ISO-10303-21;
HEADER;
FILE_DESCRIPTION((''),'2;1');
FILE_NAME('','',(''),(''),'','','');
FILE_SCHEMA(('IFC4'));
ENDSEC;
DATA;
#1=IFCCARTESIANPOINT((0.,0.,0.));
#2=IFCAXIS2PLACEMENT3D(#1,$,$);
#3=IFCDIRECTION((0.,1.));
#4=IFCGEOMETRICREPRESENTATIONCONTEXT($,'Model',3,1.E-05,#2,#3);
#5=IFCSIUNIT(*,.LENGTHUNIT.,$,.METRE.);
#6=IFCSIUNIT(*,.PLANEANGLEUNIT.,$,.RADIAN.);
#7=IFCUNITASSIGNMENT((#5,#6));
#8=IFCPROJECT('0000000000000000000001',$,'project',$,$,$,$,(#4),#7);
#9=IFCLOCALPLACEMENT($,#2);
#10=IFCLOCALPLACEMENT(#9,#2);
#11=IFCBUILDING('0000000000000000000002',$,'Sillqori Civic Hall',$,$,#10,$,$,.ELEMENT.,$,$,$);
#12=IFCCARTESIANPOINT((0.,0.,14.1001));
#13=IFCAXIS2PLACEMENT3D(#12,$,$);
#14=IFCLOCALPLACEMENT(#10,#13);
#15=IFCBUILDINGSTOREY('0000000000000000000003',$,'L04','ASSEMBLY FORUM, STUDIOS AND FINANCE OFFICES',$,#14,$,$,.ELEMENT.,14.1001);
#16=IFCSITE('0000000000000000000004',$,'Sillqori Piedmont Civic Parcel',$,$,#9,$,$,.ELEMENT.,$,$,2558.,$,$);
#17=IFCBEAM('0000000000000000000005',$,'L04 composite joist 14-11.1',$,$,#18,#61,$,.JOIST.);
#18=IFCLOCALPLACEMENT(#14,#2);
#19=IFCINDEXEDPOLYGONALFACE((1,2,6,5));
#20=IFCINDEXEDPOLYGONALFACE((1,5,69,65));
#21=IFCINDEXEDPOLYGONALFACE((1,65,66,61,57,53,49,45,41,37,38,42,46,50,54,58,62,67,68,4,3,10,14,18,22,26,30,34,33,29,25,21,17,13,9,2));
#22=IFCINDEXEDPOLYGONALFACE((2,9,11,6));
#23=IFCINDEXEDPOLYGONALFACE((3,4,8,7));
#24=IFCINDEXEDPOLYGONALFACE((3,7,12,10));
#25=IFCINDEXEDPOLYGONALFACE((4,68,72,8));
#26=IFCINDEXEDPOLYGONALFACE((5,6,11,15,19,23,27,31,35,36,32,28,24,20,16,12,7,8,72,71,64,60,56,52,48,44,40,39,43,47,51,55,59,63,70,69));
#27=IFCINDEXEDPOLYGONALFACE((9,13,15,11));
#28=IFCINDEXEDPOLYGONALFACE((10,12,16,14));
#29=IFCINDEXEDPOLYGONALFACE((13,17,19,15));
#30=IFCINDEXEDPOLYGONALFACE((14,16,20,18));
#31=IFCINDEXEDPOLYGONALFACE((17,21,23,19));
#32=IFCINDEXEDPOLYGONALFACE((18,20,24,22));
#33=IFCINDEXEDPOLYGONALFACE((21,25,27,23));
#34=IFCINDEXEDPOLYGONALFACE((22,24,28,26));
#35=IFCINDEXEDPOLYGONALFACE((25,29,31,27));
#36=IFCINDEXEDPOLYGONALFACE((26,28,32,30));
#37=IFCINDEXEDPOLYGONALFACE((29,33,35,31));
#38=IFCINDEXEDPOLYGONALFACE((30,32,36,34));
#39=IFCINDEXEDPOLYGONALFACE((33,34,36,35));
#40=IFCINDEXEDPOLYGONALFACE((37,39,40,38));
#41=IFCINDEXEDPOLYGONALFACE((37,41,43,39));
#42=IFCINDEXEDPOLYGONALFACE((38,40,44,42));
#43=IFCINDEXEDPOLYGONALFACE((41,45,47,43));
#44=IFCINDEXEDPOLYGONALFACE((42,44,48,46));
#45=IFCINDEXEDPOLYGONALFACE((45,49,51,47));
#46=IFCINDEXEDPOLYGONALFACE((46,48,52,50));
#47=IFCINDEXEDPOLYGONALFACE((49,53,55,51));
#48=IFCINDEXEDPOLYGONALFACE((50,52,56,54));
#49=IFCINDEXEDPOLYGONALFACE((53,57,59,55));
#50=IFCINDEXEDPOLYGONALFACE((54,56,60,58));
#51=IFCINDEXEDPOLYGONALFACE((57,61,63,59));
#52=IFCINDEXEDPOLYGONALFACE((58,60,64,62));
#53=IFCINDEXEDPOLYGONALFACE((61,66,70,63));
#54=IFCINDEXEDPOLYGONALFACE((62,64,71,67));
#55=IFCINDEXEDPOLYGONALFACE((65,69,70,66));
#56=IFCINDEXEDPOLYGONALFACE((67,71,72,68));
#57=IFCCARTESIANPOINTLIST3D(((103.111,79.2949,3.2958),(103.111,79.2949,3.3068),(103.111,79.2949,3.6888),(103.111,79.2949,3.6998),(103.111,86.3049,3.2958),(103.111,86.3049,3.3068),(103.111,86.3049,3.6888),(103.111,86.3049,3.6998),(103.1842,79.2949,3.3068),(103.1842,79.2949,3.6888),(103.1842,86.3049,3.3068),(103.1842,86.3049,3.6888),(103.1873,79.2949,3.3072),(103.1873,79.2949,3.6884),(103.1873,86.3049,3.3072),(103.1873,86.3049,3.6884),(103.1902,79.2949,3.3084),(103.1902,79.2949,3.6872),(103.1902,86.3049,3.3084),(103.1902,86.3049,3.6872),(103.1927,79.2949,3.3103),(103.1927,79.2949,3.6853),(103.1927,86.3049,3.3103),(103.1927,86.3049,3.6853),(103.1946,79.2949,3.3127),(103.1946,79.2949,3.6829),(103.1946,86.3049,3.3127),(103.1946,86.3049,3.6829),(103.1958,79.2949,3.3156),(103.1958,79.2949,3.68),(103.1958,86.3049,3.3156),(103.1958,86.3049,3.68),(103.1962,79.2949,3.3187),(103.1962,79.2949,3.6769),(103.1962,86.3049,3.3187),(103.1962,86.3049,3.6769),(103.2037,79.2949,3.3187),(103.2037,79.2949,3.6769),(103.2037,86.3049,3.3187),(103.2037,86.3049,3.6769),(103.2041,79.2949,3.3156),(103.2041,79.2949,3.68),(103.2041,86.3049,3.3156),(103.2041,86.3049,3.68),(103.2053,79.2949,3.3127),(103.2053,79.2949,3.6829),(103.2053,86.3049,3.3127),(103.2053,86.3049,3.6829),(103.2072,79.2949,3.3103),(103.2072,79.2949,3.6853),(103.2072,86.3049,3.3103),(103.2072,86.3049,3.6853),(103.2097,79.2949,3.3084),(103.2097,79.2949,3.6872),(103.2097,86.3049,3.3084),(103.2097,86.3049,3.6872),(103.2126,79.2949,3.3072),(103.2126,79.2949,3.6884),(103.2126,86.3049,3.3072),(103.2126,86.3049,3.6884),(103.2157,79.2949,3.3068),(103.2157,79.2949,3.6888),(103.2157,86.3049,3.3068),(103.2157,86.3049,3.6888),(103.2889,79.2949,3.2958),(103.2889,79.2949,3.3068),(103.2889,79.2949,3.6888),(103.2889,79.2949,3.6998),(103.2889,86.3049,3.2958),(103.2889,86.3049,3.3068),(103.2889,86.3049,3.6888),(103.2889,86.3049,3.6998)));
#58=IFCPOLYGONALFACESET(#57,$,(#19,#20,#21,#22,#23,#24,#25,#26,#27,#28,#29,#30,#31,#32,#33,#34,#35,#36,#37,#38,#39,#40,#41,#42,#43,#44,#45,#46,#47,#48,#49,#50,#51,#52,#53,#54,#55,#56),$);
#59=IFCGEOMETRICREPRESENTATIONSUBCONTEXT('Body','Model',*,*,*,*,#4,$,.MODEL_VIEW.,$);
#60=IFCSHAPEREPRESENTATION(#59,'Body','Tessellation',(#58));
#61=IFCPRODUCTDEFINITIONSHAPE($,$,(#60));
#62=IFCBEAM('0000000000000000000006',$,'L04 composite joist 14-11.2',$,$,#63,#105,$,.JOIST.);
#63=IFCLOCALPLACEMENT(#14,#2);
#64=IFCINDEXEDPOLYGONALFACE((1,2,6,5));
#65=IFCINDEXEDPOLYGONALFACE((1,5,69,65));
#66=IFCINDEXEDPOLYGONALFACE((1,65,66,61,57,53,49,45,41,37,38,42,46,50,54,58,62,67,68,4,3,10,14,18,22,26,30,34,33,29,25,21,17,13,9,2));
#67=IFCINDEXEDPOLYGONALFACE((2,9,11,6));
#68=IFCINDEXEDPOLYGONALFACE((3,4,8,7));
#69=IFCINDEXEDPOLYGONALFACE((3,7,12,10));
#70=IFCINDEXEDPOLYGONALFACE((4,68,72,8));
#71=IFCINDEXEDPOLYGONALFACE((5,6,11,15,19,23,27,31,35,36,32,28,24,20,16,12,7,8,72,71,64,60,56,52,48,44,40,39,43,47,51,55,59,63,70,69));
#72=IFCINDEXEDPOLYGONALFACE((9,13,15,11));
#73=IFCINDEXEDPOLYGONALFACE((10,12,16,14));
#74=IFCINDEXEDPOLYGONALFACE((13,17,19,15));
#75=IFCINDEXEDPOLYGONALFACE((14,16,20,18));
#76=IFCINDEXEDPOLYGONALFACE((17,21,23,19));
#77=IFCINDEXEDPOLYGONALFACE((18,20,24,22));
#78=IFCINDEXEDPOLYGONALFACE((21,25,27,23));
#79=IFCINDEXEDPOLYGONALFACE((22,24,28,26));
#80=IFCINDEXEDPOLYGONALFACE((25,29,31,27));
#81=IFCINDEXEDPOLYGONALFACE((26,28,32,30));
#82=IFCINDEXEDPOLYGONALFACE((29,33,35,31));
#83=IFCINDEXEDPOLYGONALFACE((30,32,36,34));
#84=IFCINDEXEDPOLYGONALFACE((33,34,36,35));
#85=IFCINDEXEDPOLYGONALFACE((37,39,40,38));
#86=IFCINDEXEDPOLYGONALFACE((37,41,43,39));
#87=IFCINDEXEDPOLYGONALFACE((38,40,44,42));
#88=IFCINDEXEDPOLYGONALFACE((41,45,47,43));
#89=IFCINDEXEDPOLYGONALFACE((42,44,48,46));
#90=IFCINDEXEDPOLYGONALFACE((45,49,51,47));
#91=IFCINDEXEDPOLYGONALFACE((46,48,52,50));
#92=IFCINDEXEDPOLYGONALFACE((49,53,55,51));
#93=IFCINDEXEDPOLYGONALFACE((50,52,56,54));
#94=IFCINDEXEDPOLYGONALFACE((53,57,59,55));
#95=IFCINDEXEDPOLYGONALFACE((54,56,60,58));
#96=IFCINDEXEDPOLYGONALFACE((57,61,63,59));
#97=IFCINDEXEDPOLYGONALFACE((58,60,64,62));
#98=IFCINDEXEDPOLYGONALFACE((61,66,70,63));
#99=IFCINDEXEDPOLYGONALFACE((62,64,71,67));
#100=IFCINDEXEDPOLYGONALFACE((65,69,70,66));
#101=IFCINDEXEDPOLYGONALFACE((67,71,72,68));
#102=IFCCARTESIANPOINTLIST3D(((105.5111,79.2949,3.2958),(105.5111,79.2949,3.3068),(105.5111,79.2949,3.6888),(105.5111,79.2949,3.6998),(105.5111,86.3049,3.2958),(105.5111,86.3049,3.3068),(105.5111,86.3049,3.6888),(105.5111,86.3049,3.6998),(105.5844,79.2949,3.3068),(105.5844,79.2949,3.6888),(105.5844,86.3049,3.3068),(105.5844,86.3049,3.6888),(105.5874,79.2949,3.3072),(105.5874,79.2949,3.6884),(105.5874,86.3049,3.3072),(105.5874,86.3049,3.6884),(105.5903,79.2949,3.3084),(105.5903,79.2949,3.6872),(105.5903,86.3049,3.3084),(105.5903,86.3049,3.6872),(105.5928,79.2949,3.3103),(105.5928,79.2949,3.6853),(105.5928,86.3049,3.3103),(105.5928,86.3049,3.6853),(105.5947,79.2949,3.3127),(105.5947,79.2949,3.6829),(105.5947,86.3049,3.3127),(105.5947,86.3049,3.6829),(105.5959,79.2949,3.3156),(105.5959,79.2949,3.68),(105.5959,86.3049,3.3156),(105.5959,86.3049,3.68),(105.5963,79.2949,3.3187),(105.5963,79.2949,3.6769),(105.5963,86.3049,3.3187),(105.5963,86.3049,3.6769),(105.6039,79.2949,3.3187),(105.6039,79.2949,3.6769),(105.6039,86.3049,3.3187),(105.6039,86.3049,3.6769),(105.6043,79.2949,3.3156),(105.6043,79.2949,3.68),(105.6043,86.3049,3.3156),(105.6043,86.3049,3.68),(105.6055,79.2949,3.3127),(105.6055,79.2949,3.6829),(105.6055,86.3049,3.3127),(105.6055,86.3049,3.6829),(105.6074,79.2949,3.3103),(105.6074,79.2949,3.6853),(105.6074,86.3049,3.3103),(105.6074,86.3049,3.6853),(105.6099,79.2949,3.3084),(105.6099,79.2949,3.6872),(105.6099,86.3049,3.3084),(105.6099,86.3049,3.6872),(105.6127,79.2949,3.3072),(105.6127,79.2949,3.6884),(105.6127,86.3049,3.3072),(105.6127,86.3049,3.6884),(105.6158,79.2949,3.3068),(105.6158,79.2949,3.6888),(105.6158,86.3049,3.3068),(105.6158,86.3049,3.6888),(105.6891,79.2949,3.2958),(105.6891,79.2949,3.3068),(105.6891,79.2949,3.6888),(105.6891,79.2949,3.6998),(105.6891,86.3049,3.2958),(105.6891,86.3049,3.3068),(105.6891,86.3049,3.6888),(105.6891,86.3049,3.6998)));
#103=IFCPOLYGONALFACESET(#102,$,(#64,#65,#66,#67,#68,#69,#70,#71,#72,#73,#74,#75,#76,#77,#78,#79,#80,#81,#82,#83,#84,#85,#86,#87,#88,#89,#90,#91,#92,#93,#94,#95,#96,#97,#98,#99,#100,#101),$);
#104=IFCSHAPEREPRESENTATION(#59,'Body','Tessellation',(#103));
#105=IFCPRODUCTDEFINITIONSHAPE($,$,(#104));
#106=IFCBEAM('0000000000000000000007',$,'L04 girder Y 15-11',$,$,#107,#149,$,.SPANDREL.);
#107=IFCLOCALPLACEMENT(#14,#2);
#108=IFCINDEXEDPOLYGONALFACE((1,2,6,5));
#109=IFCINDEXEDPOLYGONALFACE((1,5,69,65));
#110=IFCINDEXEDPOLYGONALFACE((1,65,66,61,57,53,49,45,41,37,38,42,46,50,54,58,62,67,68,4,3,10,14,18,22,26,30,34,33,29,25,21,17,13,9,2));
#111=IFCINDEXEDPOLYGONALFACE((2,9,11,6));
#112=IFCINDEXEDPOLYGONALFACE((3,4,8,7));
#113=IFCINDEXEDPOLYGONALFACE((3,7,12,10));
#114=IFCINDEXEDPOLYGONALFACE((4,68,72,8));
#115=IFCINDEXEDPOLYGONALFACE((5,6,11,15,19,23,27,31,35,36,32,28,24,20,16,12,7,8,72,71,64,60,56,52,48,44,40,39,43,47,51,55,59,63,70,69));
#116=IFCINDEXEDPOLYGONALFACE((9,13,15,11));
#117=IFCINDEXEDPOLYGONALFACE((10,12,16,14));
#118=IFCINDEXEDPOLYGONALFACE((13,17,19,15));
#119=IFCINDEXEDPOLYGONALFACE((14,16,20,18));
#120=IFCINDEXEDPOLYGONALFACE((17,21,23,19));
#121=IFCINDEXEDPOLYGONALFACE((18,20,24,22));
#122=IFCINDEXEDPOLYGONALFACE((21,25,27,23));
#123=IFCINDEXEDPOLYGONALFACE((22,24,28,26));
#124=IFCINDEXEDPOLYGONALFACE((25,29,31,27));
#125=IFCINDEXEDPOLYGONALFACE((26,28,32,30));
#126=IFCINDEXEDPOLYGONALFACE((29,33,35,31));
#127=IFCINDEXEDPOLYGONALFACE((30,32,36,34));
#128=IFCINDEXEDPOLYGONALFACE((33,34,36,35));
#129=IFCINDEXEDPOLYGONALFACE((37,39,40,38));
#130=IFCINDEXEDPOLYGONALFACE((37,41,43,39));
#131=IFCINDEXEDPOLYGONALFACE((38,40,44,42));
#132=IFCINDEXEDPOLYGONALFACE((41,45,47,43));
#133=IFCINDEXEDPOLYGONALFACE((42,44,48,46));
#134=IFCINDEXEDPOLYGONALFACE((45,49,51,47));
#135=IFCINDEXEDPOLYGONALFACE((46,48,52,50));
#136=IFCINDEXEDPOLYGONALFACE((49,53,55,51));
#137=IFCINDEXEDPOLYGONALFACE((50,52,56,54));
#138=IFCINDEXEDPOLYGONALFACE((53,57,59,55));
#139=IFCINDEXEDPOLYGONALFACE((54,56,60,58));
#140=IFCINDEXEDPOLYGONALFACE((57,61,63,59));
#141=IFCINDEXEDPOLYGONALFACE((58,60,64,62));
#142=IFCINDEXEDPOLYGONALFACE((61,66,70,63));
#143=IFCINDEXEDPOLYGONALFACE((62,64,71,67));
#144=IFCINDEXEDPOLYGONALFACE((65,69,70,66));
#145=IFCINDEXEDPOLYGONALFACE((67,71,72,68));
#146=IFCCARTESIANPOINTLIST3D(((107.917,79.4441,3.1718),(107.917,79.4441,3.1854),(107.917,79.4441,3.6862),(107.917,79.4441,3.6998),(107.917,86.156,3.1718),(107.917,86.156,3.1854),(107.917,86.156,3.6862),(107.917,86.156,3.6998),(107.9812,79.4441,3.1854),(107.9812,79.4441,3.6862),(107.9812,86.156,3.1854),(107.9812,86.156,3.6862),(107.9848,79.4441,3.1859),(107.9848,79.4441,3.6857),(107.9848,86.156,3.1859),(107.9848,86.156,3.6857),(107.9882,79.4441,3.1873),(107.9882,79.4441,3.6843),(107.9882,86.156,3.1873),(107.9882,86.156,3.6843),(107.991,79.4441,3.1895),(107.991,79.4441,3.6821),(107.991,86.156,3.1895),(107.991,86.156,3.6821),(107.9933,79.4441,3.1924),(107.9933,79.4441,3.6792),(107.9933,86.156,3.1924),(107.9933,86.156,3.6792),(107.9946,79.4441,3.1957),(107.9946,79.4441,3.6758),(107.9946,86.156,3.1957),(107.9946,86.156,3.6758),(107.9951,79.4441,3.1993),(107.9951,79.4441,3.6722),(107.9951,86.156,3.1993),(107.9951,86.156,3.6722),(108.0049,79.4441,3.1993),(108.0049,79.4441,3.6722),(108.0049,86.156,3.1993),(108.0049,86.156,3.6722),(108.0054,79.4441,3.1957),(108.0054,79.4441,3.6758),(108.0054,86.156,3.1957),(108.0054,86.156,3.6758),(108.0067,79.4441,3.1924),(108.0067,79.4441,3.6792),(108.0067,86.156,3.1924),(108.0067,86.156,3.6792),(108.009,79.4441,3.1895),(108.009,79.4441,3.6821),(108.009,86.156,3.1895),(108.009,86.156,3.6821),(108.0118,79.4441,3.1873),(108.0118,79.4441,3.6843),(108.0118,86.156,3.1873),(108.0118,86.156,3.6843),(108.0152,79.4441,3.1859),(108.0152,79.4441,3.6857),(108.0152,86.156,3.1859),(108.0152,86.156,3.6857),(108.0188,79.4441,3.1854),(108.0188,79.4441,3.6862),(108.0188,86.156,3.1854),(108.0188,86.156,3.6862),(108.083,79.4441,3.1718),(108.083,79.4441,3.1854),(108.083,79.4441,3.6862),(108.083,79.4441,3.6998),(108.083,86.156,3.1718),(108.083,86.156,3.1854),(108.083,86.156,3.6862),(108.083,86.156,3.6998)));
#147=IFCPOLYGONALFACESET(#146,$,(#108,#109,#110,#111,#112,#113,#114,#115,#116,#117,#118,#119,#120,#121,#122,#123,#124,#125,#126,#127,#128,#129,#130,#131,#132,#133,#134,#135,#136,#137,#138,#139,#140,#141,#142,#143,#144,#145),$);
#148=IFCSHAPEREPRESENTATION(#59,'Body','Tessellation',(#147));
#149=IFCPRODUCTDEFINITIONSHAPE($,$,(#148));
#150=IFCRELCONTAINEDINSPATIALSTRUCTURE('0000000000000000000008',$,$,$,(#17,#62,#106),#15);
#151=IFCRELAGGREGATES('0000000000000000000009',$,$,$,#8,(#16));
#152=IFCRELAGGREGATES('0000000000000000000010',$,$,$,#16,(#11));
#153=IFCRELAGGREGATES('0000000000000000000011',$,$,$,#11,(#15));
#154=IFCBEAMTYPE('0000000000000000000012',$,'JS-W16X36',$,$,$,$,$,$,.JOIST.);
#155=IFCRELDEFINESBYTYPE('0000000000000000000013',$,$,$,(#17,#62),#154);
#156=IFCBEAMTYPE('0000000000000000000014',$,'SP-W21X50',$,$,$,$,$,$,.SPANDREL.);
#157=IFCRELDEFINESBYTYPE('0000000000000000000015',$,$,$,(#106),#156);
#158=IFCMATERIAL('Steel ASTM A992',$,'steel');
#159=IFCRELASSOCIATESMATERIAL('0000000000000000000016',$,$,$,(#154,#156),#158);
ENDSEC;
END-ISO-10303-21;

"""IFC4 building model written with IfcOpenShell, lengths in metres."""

from ifc_helpers import new_model, si_unit, direction, frame, origin, origin_2d, place, context, subcontext, project, spatial, i_section, extrude, material, material_profile, profile_set, type_object, element, save


model = new_model("IFC4")

# Units and contexts
model_context = context("Model", 3, precision=1e-05, world=origin(), true_north=direction((0.0, 1.0)))
body_context = subcontext(model_context, "Body", "Model", "MODEL_VIEW")
ifc_project = project(units=[si_unit("LENGTHUNIT", "METRE"), si_unit("PLANEANGLEUNIT", "RADIAN")], contexts=[model_context])

# Site, building, storey
site_placement = place(None, origin())
site = spatial("IfcSite", under=ifc_project, at=site_placement, Name="Sillqori Piedmont Civic Parcel", CompositionType="ELEMENT", RefElevation=2558.0)
building_placement = place(site_placement, origin())
building = spatial("IfcBuilding", under=site, at=building_placement, Name="Sillqori Civic Hall", CompositionType="ELEMENT")
storey_placement = place(building_placement, frame((0.0, 0.0, 14.1001)))
storey = spatial("IfcBuildingStorey", under=building, at=storey_placement, Name="L04", Description="ASSEMBLY FORUM, STUDIOS AND FINANCE OFFICES", CompositionType="ELEMENT", Elevation=14.1001)

# Shared definitions
ifc_material_1 = material(Name="Steel ASTM A992", Category="steel")

# Beams
ifc_material_profile_1 = material_profile(ifc_material_1, i_section(OverallWidth=0.178, OverallDepth=0.4041, WebThickness=0.0076, FlangeThickness=0.011, FilletRadius=0.012, at=origin_2d()), Name="W16X36")
ifc_profile_set_1 = profile_set([ifc_material_profile_1], Name="Steel ASTM A992")
beam_type_1 = type_object("IfcBeamType", Name="JS-W16X36", PredefinedType="JOIST", material=ifc_profile_set_1)
for number, where, z_axis, x_axis, name in (
    (1, (103.2, 79.2949, 3.4978), (0.0, 1.0, 0.0), (-1.0, 0.0, 0.0), "L04 composite joist 14-11.1"),
    (2, (105.6001, 79.2949, 3.4978), (0.0, 1.0, 0.0), (-1.0, 0.0, 0.0), "L04 composite joist 14-11.2"),
):
    element("IfcBeam", number, at=place(storey_placement, frame(where, z_axis=z_axis, x_axis=x_axis)), inside=storey, type_object=beam_type_1, Name=name, PredefinedType="JOIST", context=body_context, shape_type="SweptSolid", body=[
        extrude(i_section(OverallWidth=0.178, OverallDepth=0.4041, WebThickness=0.0076, FlangeThickness=0.011, FilletRadius=0.012, at=origin_2d()), origin(), (0.0, 0.0, 1.0), 7.01),
    ])
ifc_material_profile_2 = material_profile(ifc_material_1, i_section(OverallWidth=0.166, OverallDepth=0.5281, WebThickness=0.0098, FlangeThickness=0.0137, FilletRadius=0.0139, at=origin_2d()), Name="W21X50")
ifc_profile_set_2 = profile_set([ifc_material_profile_2], Name="Steel ASTM A992")
beam_type_2 = type_object("IfcBeamType", Name="SP-W21X50", PredefinedType="SPANDREL", material=ifc_profile_set_2)
beam_1_placement = place(storey_placement, frame((108.0, 79.4441, 3.4358), z_axis=(0.0, 1.0, 0.0), x_axis=(-1.0, 0.0, 0.0)))
element("IfcBeam", 3, at=beam_1_placement, inside=storey, type_object=beam_type_2, Name="L04 girder Y 15-11", PredefinedType="SPANDREL", context=body_context, shape_type="SweptSolid", body=[
    extrude(i_section(OverallWidth=0.166, OverallDepth=0.5281, WebThickness=0.0098, FlangeThickness=0.0137, FilletRadius=0.0139, at=origin_2d()), origin(), (0.0, 0.0, 1.0), 6.7119),
])

save(model, "model.ifc")
